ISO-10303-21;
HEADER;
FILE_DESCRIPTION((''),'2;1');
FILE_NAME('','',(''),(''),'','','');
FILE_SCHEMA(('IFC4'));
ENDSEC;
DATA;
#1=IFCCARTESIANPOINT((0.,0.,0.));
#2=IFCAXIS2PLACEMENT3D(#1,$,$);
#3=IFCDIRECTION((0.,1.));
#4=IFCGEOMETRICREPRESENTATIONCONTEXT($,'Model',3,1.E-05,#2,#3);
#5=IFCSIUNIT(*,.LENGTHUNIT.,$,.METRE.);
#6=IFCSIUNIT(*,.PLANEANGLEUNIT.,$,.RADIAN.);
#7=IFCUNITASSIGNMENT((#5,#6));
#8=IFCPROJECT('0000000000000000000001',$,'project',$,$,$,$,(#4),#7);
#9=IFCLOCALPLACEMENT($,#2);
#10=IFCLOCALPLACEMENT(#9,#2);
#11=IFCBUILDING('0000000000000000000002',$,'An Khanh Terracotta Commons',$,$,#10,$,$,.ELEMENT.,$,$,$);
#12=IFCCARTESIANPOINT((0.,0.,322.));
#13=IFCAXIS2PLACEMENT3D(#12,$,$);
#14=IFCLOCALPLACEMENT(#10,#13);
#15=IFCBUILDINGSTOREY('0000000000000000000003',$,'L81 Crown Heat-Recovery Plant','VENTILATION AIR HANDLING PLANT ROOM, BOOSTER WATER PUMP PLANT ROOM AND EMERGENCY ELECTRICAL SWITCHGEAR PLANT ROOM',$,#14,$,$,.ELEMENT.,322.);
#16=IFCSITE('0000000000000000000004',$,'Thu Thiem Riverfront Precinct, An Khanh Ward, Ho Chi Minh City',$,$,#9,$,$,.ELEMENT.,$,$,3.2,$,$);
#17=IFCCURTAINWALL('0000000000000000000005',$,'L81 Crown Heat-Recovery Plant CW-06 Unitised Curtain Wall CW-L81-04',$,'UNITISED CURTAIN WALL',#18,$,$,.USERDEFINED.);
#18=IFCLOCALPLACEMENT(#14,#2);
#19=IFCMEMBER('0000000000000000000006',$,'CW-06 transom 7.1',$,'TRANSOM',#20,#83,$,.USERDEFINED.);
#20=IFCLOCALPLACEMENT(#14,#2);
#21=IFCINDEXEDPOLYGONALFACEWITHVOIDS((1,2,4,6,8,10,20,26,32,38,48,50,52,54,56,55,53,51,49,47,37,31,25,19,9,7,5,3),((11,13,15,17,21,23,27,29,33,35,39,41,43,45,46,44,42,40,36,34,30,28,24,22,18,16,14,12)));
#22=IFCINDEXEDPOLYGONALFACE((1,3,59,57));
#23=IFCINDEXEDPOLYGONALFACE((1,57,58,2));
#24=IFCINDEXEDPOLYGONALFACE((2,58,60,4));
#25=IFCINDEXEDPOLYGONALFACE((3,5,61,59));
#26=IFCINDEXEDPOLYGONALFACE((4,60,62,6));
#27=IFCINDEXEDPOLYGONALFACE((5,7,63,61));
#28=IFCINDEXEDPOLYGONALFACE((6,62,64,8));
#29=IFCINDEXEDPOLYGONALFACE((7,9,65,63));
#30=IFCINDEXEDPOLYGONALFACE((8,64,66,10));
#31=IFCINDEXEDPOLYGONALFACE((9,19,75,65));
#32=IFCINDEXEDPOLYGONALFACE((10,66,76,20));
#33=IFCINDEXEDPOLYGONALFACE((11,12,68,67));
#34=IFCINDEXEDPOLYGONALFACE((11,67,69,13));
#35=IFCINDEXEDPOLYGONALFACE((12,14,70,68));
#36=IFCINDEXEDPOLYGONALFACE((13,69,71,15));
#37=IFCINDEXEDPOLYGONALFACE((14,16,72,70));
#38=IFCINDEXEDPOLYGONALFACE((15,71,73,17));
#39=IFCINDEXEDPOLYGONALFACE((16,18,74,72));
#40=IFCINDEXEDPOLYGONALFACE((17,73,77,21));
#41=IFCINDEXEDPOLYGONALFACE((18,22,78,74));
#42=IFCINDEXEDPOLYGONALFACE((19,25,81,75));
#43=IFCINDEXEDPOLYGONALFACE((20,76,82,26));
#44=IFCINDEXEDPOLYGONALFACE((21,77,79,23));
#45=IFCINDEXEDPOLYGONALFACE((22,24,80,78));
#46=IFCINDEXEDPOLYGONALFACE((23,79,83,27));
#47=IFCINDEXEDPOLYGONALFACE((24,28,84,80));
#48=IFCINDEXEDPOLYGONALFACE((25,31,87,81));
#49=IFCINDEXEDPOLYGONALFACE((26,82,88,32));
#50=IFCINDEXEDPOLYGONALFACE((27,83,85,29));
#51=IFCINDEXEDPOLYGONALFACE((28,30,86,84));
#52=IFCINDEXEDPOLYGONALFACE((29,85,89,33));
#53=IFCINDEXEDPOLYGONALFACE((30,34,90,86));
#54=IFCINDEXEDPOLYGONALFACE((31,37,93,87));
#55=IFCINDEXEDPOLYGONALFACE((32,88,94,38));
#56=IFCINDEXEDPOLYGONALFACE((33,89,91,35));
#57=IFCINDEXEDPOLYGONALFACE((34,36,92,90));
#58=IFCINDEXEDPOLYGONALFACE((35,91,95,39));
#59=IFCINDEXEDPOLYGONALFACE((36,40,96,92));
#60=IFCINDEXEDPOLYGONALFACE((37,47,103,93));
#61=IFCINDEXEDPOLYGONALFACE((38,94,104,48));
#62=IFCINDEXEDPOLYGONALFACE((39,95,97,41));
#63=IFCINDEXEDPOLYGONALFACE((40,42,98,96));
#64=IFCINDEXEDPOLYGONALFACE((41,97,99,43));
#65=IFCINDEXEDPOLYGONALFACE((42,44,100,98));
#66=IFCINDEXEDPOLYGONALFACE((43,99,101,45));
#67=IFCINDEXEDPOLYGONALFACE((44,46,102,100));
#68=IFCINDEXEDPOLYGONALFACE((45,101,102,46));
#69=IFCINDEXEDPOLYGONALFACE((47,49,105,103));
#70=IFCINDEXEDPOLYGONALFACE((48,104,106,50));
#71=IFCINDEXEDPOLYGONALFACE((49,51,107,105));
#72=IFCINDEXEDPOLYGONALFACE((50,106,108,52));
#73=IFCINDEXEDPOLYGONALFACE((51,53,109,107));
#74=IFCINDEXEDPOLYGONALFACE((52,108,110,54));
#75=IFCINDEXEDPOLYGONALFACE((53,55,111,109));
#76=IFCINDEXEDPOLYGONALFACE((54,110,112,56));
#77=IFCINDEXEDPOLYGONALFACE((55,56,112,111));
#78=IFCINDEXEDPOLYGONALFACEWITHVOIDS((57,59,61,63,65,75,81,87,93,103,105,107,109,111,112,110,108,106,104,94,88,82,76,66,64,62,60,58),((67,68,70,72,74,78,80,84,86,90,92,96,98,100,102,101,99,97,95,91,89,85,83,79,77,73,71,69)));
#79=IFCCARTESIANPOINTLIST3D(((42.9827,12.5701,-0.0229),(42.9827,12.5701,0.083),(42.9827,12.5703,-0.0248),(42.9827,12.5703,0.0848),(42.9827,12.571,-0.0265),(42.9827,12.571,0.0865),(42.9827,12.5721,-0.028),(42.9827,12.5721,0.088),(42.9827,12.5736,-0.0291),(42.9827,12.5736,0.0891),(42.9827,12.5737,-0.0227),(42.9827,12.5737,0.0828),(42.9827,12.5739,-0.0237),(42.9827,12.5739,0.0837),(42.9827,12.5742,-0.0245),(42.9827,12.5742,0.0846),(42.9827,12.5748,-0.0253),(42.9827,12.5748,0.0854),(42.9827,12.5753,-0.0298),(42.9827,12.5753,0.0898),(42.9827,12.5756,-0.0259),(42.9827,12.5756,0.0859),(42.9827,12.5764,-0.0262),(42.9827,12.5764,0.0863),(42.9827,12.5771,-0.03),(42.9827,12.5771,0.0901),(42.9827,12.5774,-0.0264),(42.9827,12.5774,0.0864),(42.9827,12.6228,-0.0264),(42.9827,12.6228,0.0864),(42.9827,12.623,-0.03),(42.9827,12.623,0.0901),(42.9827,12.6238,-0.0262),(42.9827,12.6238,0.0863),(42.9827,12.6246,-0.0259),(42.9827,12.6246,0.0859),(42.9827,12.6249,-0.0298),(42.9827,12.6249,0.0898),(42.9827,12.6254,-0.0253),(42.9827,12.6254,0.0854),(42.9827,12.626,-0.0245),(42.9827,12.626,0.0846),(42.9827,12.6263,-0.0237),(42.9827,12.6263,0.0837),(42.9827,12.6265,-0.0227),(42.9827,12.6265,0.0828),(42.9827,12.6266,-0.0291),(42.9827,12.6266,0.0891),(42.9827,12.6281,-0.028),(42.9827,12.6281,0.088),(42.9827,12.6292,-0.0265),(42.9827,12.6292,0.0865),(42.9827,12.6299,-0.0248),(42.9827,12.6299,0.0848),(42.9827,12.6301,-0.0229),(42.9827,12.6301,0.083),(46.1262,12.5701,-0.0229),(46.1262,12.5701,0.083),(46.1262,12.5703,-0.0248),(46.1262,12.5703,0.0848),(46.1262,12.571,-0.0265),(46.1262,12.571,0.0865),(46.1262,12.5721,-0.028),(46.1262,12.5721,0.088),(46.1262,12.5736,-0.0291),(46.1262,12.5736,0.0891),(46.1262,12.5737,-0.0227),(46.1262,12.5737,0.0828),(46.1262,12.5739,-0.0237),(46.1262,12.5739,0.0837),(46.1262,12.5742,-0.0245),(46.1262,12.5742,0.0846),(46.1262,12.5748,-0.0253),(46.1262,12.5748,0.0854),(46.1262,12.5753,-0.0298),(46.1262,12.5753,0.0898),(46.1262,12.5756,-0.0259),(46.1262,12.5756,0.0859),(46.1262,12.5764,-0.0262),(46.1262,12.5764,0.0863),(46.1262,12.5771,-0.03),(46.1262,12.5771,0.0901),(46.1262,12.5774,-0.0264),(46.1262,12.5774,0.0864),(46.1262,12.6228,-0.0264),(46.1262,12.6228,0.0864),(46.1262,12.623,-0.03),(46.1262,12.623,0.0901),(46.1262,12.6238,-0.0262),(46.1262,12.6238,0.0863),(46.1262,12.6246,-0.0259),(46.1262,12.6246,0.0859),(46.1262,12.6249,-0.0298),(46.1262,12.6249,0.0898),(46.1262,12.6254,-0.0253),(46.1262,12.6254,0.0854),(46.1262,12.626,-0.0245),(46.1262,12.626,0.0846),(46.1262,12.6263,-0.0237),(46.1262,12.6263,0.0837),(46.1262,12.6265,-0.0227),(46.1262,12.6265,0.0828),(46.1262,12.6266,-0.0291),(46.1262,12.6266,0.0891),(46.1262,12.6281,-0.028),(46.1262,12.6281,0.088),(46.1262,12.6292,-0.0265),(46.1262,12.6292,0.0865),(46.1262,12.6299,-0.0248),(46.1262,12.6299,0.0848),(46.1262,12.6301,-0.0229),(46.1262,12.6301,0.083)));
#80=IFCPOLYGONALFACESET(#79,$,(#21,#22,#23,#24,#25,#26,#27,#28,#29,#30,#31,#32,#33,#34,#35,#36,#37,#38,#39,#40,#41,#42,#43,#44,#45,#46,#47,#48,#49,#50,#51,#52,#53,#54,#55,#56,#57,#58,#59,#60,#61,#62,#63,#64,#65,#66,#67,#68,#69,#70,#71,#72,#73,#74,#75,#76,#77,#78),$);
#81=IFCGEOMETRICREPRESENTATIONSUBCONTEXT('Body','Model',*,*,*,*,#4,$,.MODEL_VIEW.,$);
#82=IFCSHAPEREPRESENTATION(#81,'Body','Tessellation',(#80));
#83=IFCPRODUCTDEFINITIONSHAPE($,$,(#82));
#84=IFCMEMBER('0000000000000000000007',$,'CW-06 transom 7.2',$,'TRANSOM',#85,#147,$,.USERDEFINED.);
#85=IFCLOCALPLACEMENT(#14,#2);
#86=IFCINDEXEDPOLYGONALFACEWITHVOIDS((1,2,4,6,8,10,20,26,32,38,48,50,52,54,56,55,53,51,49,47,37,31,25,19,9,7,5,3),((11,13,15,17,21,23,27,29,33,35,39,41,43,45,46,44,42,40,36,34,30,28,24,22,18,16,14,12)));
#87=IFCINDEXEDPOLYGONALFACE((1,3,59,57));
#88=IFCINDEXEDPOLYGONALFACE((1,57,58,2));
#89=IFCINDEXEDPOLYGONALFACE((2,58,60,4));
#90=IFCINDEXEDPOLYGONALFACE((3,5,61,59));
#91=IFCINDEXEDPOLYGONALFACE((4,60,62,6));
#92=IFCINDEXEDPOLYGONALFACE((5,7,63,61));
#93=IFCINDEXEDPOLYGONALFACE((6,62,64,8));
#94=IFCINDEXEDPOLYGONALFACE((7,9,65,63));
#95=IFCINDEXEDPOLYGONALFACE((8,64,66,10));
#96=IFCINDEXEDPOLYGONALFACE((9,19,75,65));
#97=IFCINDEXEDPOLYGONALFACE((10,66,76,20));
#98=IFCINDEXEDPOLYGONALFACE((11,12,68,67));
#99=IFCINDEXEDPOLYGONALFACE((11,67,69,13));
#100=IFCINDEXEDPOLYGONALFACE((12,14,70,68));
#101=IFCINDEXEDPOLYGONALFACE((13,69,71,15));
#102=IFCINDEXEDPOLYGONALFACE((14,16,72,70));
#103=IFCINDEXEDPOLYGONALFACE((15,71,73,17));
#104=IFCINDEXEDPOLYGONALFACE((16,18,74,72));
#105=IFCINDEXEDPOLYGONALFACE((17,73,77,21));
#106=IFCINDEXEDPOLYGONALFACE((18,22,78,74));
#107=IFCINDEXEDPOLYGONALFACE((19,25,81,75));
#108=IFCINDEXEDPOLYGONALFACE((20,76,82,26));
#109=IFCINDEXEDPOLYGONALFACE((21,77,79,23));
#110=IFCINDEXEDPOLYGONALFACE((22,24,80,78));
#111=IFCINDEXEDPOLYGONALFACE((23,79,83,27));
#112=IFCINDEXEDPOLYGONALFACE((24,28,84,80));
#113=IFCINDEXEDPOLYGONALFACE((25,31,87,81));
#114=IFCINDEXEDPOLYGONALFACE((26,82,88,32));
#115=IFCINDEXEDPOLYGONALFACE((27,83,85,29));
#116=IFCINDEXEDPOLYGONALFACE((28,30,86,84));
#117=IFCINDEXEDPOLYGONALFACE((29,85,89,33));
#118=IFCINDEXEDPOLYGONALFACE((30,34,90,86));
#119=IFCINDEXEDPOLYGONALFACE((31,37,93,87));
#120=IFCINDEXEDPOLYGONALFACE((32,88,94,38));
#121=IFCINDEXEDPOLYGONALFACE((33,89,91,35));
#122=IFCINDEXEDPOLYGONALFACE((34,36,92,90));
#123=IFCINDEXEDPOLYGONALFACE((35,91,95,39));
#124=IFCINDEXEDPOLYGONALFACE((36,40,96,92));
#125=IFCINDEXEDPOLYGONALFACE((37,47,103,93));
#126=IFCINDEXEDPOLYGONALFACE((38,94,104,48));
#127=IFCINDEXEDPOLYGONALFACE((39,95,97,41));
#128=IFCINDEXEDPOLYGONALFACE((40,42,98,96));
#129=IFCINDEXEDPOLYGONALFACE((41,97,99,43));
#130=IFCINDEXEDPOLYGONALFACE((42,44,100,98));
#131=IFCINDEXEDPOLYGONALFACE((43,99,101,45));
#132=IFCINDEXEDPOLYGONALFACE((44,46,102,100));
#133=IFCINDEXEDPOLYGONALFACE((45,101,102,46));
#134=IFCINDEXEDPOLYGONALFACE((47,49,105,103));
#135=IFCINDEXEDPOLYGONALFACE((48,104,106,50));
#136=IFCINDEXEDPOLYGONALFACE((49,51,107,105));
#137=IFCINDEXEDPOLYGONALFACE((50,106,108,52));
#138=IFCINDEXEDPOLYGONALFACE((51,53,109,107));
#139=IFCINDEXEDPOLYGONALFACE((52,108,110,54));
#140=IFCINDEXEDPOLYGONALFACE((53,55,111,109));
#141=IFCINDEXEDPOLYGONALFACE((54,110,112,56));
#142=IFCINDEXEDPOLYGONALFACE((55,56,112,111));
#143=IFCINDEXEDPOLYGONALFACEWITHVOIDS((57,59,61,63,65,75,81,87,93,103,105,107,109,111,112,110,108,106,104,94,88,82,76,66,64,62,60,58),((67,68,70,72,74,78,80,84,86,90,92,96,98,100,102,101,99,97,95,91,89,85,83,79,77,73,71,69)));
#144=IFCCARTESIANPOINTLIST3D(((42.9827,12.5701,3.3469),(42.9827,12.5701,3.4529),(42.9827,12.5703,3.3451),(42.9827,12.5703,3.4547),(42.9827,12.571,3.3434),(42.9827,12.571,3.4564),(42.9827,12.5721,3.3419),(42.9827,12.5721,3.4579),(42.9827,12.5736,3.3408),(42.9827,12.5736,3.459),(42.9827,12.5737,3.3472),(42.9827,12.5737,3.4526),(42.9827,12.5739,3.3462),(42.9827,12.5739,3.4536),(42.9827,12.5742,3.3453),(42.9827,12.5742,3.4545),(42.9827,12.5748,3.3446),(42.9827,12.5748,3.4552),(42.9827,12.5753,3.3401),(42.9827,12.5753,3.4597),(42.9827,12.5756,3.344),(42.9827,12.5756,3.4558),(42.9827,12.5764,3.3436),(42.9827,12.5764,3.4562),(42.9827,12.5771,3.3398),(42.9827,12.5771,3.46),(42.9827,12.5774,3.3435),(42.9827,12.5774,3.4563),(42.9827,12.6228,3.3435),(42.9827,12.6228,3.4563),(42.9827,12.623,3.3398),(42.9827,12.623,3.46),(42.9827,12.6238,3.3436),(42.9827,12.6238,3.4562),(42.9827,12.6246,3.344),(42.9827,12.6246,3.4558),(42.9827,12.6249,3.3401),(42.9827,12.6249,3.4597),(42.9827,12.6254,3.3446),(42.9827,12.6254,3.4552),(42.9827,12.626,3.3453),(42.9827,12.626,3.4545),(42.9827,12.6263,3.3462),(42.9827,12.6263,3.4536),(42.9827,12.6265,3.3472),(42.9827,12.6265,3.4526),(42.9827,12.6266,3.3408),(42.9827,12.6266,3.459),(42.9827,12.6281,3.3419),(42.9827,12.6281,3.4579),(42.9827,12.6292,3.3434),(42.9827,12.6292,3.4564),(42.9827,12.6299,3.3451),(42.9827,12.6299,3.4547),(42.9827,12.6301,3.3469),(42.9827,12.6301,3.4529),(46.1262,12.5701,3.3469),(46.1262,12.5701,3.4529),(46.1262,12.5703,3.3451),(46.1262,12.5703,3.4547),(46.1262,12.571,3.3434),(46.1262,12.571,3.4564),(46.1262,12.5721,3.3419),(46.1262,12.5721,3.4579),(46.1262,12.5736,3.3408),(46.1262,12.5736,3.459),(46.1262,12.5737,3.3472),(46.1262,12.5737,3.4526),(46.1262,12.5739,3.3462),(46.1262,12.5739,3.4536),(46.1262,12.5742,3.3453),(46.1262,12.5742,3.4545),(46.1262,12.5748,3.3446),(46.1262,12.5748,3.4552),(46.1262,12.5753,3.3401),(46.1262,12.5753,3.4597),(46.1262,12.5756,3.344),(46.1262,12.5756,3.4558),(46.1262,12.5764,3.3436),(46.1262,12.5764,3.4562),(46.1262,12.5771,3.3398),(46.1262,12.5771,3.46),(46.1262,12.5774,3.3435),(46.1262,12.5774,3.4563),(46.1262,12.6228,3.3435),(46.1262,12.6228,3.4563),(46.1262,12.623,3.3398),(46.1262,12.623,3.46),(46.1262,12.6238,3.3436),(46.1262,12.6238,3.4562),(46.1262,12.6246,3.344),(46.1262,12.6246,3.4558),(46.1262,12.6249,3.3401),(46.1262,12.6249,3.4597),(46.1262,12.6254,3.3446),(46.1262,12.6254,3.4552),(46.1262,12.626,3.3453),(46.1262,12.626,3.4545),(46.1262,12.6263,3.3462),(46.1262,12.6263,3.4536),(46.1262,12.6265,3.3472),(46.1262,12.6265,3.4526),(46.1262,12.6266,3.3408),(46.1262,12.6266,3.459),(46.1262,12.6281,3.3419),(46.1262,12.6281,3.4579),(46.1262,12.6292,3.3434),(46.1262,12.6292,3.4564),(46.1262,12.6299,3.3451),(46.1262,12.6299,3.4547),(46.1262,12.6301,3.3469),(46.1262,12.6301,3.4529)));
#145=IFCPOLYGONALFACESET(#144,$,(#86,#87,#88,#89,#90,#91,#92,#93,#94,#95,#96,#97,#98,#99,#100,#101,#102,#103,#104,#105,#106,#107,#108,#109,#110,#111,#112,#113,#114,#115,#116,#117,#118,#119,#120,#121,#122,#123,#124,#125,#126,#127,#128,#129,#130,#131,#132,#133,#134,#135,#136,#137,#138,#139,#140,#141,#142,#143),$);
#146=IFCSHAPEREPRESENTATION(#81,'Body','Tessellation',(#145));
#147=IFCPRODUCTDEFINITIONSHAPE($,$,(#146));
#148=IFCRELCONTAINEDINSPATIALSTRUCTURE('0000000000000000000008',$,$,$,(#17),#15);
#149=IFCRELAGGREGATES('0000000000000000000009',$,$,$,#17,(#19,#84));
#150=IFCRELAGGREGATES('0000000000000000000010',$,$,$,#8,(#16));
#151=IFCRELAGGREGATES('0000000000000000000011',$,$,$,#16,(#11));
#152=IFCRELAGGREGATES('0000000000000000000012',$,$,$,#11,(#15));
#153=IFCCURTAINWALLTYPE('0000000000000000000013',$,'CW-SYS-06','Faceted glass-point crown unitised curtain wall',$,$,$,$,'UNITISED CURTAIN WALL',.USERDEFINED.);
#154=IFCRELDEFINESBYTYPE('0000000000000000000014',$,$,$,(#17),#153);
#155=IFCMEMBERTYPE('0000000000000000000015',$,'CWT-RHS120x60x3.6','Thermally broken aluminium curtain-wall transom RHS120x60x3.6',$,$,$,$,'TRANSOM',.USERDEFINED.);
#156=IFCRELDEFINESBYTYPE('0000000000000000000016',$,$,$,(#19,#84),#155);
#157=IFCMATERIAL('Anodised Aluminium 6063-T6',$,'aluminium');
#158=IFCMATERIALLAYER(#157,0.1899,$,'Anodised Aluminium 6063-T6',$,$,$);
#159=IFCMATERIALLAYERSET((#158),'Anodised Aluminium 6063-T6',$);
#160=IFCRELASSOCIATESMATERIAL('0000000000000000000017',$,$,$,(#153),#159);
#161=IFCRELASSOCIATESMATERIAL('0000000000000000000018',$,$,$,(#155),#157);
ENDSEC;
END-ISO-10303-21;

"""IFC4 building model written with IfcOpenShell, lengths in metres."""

from ifc_helpers import new_model, si_unit, direction, frame, origin, origin_2d, place, context, subcontext, project, spatial, hollow_rectangle, extrude, material, layer, layer_set, material_profile, profile_set, type_object, element, aggregate, save


model = new_model("IFC4")

# Units and contexts
model_context = context("Model", 3, precision=1e-05, world=origin(), true_north=direction((0.0, 1.0)))
body_context = subcontext(model_context, "Body", "Model", "MODEL_VIEW")
ifc_project = project(units=[si_unit("LENGTHUNIT", "METRE"), si_unit("PLANEANGLEUNIT", "RADIAN")], contexts=[model_context])

# Site, building, storey
site_placement = place(None, origin())
site = spatial("IfcSite", under=ifc_project, at=site_placement, Name="Thu Thiem Riverfront Precinct, An Khanh Ward, Ho Chi Minh City", CompositionType="ELEMENT", RefElevation=3.2)
building_placement = place(site_placement, origin())
building = spatial("IfcBuilding", under=site, at=building_placement, Name="An Khanh Terracotta Commons", CompositionType="ELEMENT")
storey_placement = place(building_placement, frame((0.0, 0.0, 322.0)))
storey = spatial("IfcBuildingStorey", under=building, at=storey_placement, Name="L81 Crown Heat-Recovery Plant", Description="VENTILATION AIR HANDLING PLANT ROOM, BOOSTER WATER PUMP PLANT ROOM AND EMERGENCY ELECTRICAL SWITCHGEAR PLANT ROOM", CompositionType="ELEMENT", Elevation=322.0)

# Curtain wall, members
ifc_material_1 = material(Name="Anodised Aluminium 6063-T6", Category="aluminium")
ifc_layer_1 = layer(ifc_material_1, 0.1899, Name="Anodised Aluminium 6063-T6")
ifc_layer_set_1 = layer_set([ifc_layer_1], Name="Anodised Aluminium 6063-T6")
curtain_wall_type = type_object("IfcCurtainWallType", Name="CW-SYS-06", Description="Faceted glass-point crown unitised curtain wall", ElementType="UNITISED CURTAIN WALL", PredefinedType="USERDEFINED", material=ifc_layer_set_1)
curtain_wall_placement = place(storey_placement, origin())
curtain_wall = element("IfcCurtainWall", 1, at=curtain_wall_placement, inside=storey, type_object=curtain_wall_type, Name="L81 Crown Heat-Recovery Plant CW-06 Unitised Curtain Wall CW-L81-04", ObjectType="UNITISED CURTAIN WALL", PredefinedType="USERDEFINED")
ifc_material_profile_1 = material_profile(ifc_material_1, hollow_rectangle(XDim=0.0601, YDim=0.1201, WallThickness=0.0037, InnerFilletRadius=0.0037, OuterFilletRadius=0.0071, at=origin_2d()), Name="RHS120x60x3.6")
ifc_profile_set_1 = profile_set([ifc_material_profile_1], Name="Anodised Aluminium 6063-T6")
member_type_1 = type_object("IfcMemberType", Name="CWT-RHS120x60x3.6", Description="Thermally broken aluminium curtain-wall transom RHS120x60x3.6", ElementType="TRANSOM", PredefinedType="USERDEFINED", material=ifc_profile_set_1)
member_1_placement = place(storey_placement, frame((42.9827, 12.6001, 0.03), z_axis=(1.0, 0.0, 0.0), x_axis=(0.0, 1.0, 0.0)))
member_1 = element("IfcMember", 2, at=member_1_placement, type_object=member_type_1, Name="CW-06 transom 7.1", ObjectType="TRANSOM", PredefinedType="USERDEFINED", context=body_context, shape_type="SweptSolid", body=[
    extrude(hollow_rectangle(XDim=0.0601, YDim=0.1201, WallThickness=0.0037, InnerFilletRadius=0.0037, OuterFilletRadius=0.0071, at=origin_2d()), origin(), (0.0, 0.0, 1.0), 3.1436),
])
member_2_placement = place(storey_placement, frame((42.9827, 12.6001, 3.3999), z_axis=(1.0, 0.0, 0.0), x_axis=(0.0, 1.0, 0.0)))
member_2 = element("IfcMember", 3, at=member_2_placement, type_object=member_type_1, Name="CW-06 transom 7.2", ObjectType="TRANSOM", PredefinedType="USERDEFINED", context=body_context, shape_type="SweptSolid", body=[
    extrude(hollow_rectangle(XDim=0.0601, YDim=0.1201, WallThickness=0.0037, InnerFilletRadius=0.0037, OuterFilletRadius=0.0071, at=origin_2d()), origin(), (0.0, 0.0, 1.0), 3.1436),
])
aggregate(curtain_wall, [member_1, member_2])

save(model, "model.ifc")
